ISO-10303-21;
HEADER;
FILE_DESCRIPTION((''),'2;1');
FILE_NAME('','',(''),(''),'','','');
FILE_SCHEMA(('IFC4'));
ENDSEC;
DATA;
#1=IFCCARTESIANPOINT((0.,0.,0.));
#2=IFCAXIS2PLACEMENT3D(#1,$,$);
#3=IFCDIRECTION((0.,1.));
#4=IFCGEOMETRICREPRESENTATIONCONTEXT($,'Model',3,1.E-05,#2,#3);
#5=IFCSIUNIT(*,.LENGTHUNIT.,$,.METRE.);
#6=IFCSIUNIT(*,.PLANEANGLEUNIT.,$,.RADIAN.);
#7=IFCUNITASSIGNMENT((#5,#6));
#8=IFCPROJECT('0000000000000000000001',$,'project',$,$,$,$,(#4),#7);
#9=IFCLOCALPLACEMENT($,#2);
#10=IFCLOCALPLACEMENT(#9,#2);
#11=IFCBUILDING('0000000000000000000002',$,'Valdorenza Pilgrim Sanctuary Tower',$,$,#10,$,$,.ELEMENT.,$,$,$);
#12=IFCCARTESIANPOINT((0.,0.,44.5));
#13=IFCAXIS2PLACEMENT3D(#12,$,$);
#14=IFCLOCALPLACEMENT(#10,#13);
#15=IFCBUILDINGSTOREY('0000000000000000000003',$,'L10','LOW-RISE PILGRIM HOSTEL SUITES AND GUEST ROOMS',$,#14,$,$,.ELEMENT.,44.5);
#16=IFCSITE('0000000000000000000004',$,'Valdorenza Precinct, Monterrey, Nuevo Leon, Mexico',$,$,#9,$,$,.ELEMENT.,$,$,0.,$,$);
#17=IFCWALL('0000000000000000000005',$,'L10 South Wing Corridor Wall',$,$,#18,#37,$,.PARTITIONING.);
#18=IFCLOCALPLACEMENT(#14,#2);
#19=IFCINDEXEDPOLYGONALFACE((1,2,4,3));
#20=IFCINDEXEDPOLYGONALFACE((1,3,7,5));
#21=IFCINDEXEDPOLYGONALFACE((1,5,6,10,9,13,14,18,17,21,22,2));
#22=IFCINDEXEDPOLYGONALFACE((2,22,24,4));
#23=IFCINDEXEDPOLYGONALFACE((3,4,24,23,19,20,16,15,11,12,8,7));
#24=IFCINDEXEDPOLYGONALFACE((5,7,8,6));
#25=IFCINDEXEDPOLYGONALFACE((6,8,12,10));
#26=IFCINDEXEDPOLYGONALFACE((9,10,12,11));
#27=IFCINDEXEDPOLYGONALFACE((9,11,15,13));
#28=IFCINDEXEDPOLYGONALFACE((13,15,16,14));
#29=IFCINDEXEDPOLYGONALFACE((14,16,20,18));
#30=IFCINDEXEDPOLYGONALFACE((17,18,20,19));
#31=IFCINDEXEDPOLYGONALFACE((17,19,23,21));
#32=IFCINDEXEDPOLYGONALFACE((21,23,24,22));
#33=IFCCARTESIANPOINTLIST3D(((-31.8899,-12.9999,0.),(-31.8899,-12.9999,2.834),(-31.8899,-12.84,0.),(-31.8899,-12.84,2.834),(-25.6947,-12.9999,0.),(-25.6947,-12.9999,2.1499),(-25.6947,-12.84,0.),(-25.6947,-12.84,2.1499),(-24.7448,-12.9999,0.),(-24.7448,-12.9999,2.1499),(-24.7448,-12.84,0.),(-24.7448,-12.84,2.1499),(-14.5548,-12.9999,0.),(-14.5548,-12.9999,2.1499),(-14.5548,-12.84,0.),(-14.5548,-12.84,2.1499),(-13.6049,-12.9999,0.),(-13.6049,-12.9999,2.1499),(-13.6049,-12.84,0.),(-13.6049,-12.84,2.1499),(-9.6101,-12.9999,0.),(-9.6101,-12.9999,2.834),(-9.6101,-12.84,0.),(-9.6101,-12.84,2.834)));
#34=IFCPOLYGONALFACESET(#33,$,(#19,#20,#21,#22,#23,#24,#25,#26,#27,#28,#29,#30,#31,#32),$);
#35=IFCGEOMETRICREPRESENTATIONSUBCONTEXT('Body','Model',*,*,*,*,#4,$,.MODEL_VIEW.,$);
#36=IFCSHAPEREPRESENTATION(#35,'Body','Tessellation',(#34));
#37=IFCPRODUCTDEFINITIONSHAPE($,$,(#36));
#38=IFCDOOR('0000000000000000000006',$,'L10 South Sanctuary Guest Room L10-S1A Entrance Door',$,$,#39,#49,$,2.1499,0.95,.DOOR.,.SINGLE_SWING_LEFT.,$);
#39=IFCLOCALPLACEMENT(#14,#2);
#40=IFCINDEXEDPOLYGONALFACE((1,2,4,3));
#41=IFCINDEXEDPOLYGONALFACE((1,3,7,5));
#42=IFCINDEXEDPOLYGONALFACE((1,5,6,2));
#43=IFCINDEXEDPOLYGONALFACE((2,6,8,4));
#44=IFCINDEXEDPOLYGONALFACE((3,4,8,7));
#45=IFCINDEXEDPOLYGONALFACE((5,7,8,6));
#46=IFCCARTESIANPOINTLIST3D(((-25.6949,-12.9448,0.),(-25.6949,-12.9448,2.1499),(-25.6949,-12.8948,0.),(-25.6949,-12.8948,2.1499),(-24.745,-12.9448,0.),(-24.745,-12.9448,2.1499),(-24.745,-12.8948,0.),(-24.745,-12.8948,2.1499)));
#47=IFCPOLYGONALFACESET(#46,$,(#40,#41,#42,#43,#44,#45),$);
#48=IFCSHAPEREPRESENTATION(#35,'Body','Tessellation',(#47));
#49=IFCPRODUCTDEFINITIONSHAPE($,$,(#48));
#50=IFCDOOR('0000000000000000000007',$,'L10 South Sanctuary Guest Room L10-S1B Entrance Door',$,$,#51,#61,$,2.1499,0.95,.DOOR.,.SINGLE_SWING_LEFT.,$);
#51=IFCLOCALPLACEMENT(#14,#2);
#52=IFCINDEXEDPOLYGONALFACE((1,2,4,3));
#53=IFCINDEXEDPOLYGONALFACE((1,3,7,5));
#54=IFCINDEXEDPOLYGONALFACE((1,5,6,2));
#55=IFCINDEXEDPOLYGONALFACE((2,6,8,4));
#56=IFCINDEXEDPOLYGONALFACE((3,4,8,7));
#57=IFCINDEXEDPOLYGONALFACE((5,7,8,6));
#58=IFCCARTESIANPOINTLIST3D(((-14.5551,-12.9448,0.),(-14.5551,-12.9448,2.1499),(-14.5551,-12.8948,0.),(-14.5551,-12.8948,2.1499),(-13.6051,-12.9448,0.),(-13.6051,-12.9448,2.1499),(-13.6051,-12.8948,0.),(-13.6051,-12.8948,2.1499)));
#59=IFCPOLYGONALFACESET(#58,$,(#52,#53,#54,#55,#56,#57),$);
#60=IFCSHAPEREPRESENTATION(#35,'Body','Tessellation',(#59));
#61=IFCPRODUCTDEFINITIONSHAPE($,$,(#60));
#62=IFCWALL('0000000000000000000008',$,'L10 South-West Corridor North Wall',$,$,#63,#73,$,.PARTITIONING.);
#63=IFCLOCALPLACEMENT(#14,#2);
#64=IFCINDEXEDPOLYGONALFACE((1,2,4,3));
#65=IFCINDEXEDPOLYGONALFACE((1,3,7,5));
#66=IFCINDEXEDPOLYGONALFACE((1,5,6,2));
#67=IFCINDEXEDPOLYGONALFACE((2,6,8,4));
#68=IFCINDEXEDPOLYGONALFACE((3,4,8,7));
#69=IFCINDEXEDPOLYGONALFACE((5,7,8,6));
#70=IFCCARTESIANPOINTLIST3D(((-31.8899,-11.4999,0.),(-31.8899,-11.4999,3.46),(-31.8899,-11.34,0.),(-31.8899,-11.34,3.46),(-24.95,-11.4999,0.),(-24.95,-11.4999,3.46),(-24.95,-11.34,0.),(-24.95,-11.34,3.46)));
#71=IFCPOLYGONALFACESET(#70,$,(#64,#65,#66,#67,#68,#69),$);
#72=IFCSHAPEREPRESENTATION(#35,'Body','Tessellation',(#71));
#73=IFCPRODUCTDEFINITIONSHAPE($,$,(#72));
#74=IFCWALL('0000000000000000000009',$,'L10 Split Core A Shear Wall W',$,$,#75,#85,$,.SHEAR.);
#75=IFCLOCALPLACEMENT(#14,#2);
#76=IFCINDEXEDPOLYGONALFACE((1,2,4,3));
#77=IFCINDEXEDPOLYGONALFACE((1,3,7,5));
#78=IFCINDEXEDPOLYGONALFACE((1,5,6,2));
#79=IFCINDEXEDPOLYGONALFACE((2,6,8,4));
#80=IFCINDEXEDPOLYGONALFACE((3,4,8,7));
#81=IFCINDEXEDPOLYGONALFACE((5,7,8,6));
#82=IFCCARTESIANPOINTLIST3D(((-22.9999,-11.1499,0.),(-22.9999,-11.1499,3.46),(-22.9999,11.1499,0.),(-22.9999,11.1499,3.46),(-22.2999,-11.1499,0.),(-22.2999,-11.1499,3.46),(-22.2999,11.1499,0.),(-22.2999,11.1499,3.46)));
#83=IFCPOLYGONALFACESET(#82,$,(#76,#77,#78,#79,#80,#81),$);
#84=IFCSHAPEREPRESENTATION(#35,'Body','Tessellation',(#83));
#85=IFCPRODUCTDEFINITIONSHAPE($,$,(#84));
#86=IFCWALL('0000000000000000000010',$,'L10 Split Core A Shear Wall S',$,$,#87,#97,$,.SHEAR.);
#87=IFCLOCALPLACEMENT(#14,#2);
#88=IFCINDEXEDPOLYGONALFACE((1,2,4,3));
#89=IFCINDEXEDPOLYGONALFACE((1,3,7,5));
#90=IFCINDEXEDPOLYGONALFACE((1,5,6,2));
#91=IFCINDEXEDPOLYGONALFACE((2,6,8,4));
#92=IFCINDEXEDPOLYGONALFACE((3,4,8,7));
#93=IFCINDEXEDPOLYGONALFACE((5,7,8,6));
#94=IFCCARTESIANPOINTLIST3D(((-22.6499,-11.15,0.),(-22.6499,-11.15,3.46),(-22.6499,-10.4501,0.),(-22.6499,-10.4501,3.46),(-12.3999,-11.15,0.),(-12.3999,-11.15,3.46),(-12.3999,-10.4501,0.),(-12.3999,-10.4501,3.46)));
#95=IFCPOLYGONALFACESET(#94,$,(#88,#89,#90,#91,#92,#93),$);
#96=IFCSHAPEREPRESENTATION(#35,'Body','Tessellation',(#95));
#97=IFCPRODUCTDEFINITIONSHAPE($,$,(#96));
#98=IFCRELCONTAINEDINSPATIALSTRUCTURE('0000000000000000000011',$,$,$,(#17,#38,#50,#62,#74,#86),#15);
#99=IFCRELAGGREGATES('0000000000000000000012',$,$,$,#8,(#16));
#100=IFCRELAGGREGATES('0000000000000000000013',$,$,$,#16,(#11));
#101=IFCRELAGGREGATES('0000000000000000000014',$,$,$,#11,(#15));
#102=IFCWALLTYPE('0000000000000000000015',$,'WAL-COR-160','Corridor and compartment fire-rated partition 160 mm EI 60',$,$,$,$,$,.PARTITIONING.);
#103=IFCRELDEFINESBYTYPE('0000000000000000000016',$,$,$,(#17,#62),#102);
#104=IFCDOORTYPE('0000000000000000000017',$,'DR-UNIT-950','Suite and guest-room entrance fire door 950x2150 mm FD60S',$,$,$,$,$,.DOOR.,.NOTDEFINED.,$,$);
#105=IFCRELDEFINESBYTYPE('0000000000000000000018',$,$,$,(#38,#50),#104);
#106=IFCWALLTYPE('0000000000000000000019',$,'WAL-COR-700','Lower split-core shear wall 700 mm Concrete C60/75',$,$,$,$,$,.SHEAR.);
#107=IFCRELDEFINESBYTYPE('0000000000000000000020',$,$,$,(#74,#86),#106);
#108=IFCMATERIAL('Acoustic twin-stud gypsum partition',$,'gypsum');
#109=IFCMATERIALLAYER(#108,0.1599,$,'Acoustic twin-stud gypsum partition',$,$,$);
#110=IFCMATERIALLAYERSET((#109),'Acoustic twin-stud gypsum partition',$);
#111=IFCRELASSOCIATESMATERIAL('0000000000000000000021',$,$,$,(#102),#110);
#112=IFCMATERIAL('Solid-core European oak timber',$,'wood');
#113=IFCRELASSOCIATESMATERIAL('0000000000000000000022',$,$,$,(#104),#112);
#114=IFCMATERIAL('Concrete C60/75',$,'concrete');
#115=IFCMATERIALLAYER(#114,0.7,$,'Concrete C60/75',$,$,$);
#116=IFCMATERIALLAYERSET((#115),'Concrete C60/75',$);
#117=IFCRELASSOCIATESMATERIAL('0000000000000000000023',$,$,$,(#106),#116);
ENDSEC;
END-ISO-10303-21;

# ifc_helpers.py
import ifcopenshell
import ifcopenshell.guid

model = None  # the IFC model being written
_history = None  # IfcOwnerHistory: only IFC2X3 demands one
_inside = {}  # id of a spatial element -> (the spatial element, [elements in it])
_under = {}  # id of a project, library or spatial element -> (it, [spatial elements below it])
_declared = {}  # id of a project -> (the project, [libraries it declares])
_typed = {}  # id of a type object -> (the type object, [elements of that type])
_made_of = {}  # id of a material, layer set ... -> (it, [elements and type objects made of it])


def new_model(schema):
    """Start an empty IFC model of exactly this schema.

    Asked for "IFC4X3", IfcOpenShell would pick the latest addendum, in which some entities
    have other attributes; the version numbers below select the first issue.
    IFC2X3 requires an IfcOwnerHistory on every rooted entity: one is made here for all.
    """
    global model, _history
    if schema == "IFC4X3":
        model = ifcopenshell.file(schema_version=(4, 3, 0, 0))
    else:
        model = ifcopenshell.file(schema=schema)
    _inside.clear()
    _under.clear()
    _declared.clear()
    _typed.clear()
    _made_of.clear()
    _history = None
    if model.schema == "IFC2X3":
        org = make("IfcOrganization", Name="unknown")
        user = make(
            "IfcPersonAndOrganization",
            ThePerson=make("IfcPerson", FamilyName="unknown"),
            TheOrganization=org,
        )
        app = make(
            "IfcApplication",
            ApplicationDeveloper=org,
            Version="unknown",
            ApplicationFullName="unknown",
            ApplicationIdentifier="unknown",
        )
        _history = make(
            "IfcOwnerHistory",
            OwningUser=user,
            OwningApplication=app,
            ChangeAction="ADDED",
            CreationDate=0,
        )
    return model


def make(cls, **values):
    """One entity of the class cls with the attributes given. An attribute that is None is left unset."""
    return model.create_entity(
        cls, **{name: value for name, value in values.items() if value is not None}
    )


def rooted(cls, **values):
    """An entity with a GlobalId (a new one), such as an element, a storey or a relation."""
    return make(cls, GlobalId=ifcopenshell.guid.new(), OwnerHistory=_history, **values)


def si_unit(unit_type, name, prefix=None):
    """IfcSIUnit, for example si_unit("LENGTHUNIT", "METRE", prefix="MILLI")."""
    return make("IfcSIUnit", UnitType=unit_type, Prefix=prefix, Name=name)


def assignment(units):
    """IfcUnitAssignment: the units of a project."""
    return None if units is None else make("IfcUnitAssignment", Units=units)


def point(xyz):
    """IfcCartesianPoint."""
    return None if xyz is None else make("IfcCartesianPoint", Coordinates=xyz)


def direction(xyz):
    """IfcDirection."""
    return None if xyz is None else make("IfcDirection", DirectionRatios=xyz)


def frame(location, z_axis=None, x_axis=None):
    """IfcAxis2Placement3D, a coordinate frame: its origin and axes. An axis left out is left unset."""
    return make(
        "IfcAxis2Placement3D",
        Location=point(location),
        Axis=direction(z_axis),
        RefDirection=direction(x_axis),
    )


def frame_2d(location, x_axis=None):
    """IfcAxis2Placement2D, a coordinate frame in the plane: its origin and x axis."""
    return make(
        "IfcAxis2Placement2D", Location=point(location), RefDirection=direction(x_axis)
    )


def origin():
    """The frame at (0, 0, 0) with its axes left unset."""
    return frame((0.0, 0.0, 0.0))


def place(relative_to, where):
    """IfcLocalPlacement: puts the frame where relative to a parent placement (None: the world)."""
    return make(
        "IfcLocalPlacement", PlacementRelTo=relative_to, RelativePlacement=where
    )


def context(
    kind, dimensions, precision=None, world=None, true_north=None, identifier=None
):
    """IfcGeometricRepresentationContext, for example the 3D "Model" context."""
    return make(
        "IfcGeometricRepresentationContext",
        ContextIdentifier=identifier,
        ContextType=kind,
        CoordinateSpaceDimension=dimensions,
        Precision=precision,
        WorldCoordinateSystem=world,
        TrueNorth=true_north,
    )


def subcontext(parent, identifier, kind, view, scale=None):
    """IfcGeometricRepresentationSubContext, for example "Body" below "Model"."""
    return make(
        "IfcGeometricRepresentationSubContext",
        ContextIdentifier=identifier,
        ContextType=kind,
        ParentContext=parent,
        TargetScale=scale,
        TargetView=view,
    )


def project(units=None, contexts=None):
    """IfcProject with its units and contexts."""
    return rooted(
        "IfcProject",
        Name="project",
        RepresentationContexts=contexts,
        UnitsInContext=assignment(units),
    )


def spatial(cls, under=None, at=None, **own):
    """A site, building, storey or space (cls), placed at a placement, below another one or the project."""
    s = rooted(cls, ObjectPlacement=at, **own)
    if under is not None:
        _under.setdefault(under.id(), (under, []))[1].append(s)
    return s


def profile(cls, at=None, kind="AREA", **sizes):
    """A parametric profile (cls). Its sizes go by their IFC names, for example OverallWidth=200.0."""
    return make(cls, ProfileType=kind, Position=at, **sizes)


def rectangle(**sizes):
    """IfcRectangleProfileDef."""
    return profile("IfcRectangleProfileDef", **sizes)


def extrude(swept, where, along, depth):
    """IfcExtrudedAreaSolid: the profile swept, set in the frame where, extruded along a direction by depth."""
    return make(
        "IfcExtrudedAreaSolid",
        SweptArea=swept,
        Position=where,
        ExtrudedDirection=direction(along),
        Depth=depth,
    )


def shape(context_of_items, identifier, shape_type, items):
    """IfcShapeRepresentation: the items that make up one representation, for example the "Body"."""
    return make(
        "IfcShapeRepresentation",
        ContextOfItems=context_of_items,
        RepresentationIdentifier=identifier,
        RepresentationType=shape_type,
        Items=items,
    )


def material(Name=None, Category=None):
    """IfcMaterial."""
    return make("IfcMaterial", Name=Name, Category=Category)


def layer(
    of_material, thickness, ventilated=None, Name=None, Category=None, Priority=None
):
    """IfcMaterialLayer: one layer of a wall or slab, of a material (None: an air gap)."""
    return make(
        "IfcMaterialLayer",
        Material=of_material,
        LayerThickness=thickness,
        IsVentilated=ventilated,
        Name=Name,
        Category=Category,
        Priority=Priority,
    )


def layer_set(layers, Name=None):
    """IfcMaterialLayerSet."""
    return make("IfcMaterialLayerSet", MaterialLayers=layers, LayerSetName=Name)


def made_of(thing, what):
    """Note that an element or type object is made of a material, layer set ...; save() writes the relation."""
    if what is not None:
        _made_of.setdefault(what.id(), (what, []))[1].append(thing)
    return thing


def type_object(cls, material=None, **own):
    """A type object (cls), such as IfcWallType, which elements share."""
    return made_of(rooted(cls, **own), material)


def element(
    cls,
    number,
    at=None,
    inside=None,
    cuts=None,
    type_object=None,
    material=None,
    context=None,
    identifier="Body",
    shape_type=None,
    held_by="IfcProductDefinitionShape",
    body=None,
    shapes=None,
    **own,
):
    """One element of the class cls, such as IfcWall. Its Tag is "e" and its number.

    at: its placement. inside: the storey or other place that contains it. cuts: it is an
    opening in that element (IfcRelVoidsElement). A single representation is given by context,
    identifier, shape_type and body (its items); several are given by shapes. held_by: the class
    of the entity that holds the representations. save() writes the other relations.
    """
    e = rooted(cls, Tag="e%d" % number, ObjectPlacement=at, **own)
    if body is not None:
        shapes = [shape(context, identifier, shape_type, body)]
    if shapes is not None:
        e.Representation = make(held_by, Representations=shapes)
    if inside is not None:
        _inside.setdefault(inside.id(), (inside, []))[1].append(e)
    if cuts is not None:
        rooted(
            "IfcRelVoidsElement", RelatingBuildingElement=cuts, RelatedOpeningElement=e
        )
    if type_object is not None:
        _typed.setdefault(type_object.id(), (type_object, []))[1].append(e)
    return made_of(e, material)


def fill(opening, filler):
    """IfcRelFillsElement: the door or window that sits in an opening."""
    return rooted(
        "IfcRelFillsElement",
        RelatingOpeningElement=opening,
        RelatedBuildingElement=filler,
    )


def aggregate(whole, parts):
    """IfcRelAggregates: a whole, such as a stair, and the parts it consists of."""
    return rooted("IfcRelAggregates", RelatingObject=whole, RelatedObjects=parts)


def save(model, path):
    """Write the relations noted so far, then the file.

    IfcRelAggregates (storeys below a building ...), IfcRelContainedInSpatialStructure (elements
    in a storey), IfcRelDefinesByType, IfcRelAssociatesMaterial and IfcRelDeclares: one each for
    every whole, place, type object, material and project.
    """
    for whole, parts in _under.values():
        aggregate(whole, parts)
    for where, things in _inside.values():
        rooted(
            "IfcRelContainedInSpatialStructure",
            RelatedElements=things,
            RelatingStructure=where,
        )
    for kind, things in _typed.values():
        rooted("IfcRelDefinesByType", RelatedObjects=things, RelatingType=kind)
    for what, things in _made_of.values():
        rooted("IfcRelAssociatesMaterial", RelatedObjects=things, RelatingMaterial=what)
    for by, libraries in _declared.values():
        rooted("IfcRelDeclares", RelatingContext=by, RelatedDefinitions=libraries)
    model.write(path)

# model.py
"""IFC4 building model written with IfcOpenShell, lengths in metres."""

from ifc_helpers import new_model, si_unit, direction, frame, frame_2d, origin, place, context, subcontext, project, spatial, rectangle, extrude, material, layer, layer_set, type_object, element, fill, save


model = new_model("IFC4")

# Units and contexts
model_context = context("Model", 3, precision=1e-05, world=origin(), true_north=direction((0.0, 1.0)))
body_context = subcontext(model_context, "Body", "Model", "MODEL_VIEW")
ifc_project = project(units=[si_unit("LENGTHUNIT", "METRE"), si_unit("PLANEANGLEUNIT", "RADIAN")], contexts=[model_context])

# Site, building, storey
site_placement = place(None, origin())
site = spatial("IfcSite", under=ifc_project, at=site_placement, Name="Valdorenza Precinct, Monterrey, Nuevo Leon, Mexico", CompositionType="ELEMENT", RefElevation=0.0)
building_placement = place(site_placement, origin())
building = spatial("IfcBuilding", under=site, at=building_placement, Name="Valdorenza Pilgrim Sanctuary Tower", CompositionType="ELEMENT")
storey_placement = place(building_placement, frame((0.0, 0.0, 44.5)))
storey = spatial("IfcBuildingStorey", under=building, at=storey_placement, Name="L10", Description="LOW-RISE PILGRIM HOSTEL SUITES AND GUEST ROOMS", CompositionType="ELEMENT", Elevation=44.5)

# Shared definitions
ifc_material_1 = material(Name="Concrete C60/75", Category="concrete")

# Wall, openings, doors
ifc_material_2 = material(Name="Acoustic twin-stud gypsum partition", Category="gypsum")
ifc_layer_1 = layer(ifc_material_2, 0.1599, Name="Acoustic twin-stud gypsum partition")
ifc_layer_set_1 = layer_set([ifc_layer_1], Name="Acoustic twin-stud gypsum partition")
wall_type_1 = type_object("IfcWallType", Name="WAL-COR-160", Description="Corridor and compartment fire-rated partition 160 mm EI 60", PredefinedType="PARTITIONING", material=ifc_layer_set_1)
ifc_material_3 = material(Name="Solid-core European oak timber", Category="wood")
door_type = type_object("IfcDoorType", Name="DR-UNIT-950", Description="Suite and guest-room entrance fire door 950x2150 mm FD60S", OperationType="NOTDEFINED", PredefinedType="DOOR", material=ifc_material_3)
wall_1_placement = place(storey_placement, frame((-31.8899, -12.9199, 0.0), z_axis=(0.0, 0.0, 1.0), x_axis=(1.0, 0.0, 0.0)))
wall_1 = element("IfcWall", 1, at=wall_1_placement, inside=storey, type_object=wall_type_1, Name="L10 South Wing Corridor Wall", PredefinedType="PARTITIONING", context=body_context, shape_type="SweptSolid", body=[
    extrude(rectangle(XDim=22.2798, YDim=0.1599, at=frame_2d((11.1399, 0.0))), origin(), (0.0, 0.0, 1.0), 2.834),
])
opening_1_placement = place(wall_1_placement, frame((6.1951, 0.0, 0.0)))
opening_1 = element("IfcOpeningElement", 2, at=opening_1_placement, cuts=wall_1, PredefinedType="OPENING", context=body_context, shape_type="SweptSolid", body=[
    extrude(rectangle(XDim=0.95, YDim=2.1499, at=frame_2d((0.4751, 1.075))), frame((0.0, 0.0947, 0.0), z_axis=(0.0, -1.0, 0.0), x_axis=(1.0, 0.0, 0.0)), (0.0, 0.0, 1.0), 0.1897),
])
opening_2_placement = place(wall_1_placement, frame((17.335, 0.0, 0.0)))
opening_2 = element("IfcOpeningElement", 3, at=opening_2_placement, cuts=wall_1, PredefinedType="OPENING", context=body_context, shape_type="SweptSolid", body=[
    extrude(rectangle(XDim=0.95, YDim=2.1499, at=frame_2d((0.4751, 1.075))), frame((0.0, 0.0947, 0.0), z_axis=(0.0, -1.0, 0.0), x_axis=(1.0, 0.0, 0.0)), (0.0, 0.0, 1.0), 0.1897),
])
door_1_placement = place(opening_1_placement, frame((0.95, 0.0, 0.0), z_axis=(0.0, 0.0, 1.0), x_axis=(-1.0, 0.0, 0.0)))
door_1 = element("IfcDoor", 4, at=door_1_placement, inside=storey, type_object=door_type, Name="L10 South Sanctuary Guest Room L10-S1A Entrance Door", OperationType="SINGLE_SWING_LEFT", OverallHeight=2.1499, OverallWidth=0.95, PredefinedType="DOOR", context=body_context, shape_type="SweptSolid", body=[
    extrude(rectangle(XDim=0.95, YDim=2.1499, at=frame_2d((0.4751, 1.075))), frame((0.0, 0.0249, 0.0), z_axis=(0.0, -1.0, 0.0), x_axis=(1.0, 0.0, 0.0)), (0.0, 0.0, 1.0), 0.05),
])
fill(opening_1, door_1)
door_2_placement = place(opening_2_placement, frame((0.95, 0.0, 0.0), z_axis=(0.0, 0.0, 1.0), x_axis=(-1.0, 0.0, 0.0)))
door_2 = element("IfcDoor", 5, at=door_2_placement, inside=storey, type_object=door_type, Name="L10 South Sanctuary Guest Room L10-S1B Entrance Door", OperationType="SINGLE_SWING_LEFT", OverallHeight=2.1499, OverallWidth=0.95, PredefinedType="DOOR", context=body_context, shape_type="SweptSolid", body=[
    extrude(rectangle(XDim=0.95, YDim=2.1499, at=frame_2d((0.4751, 1.075))), frame((0.0, 0.0249, 0.0), z_axis=(0.0, -1.0, 0.0), x_axis=(1.0, 0.0, 0.0)), (0.0, 0.0, 1.0), 0.05),
])
fill(opening_2, door_2)

# Walls
wall_2_placement = place(storey_placement, frame((-31.8899, -11.4199, 0.0), z_axis=(0.0, 0.0, 1.0), x_axis=(1.0, 0.0, 0.0)))
element("IfcWall", 6, at=wall_2_placement, inside=storey, type_object=wall_type_1, Name="L10 South-West Corridor North Wall", PredefinedType="PARTITIONING", context=body_context, shape_type="SweptSolid", body=[
    extrude(rectangle(XDim=6.9399, YDim=0.1599, at=frame_2d((3.47, 0.0))), origin(), (0.0, 0.0, 1.0), 3.46),
])
ifc_layer_2 = layer(ifc_material_1, 0.7, Name="Concrete C60/75")
ifc_layer_set_2 = layer_set([ifc_layer_2], Name="Concrete C60/75")
wall_type_2 = type_object("IfcWallType", Name="WAL-COR-700", Description="Lower split-core shear wall 700 mm Concrete C60/75", PredefinedType="SHEAR", material=ifc_layer_set_2)
wall_3_placement = place(storey_placement, frame((-22.6499, -11.1499, 0.0), z_axis=(0.0, 0.0, 1.0), x_axis=(0.0, 1.0, 0.0)))
element("IfcWall", 7, at=wall_3_placement, inside=storey, type_object=wall_type_2, Name="L10 Split Core A Shear Wall W", PredefinedType="SHEAR", context=body_context, shape_type="SweptSolid", body=[
    extrude(rectangle(XDim=22.2998, YDim=0.7, at=frame_2d((11.1499, 0.0))), origin(), (0.0, 0.0, 1.0), 3.46),
])
wall_4_placement = place(storey_placement, frame((-22.6499, -10.8, 0.0), z_axis=(0.0, 0.0, 1.0), x_axis=(1.0, 0.0, 0.0)))
element("IfcWall", 8, at=wall_4_placement, inside=storey, type_object=wall_type_2, Name="L10 Split Core A Shear Wall S", PredefinedType="SHEAR", context=body_context, shape_type="SweptSolid", body=[
    extrude(rectangle(XDim=10.25, YDim=0.7, at=frame_2d((5.125, 0.0))), origin(), (0.0, 0.0, 1.0), 3.46),
])

save(model, "model.ifc")
